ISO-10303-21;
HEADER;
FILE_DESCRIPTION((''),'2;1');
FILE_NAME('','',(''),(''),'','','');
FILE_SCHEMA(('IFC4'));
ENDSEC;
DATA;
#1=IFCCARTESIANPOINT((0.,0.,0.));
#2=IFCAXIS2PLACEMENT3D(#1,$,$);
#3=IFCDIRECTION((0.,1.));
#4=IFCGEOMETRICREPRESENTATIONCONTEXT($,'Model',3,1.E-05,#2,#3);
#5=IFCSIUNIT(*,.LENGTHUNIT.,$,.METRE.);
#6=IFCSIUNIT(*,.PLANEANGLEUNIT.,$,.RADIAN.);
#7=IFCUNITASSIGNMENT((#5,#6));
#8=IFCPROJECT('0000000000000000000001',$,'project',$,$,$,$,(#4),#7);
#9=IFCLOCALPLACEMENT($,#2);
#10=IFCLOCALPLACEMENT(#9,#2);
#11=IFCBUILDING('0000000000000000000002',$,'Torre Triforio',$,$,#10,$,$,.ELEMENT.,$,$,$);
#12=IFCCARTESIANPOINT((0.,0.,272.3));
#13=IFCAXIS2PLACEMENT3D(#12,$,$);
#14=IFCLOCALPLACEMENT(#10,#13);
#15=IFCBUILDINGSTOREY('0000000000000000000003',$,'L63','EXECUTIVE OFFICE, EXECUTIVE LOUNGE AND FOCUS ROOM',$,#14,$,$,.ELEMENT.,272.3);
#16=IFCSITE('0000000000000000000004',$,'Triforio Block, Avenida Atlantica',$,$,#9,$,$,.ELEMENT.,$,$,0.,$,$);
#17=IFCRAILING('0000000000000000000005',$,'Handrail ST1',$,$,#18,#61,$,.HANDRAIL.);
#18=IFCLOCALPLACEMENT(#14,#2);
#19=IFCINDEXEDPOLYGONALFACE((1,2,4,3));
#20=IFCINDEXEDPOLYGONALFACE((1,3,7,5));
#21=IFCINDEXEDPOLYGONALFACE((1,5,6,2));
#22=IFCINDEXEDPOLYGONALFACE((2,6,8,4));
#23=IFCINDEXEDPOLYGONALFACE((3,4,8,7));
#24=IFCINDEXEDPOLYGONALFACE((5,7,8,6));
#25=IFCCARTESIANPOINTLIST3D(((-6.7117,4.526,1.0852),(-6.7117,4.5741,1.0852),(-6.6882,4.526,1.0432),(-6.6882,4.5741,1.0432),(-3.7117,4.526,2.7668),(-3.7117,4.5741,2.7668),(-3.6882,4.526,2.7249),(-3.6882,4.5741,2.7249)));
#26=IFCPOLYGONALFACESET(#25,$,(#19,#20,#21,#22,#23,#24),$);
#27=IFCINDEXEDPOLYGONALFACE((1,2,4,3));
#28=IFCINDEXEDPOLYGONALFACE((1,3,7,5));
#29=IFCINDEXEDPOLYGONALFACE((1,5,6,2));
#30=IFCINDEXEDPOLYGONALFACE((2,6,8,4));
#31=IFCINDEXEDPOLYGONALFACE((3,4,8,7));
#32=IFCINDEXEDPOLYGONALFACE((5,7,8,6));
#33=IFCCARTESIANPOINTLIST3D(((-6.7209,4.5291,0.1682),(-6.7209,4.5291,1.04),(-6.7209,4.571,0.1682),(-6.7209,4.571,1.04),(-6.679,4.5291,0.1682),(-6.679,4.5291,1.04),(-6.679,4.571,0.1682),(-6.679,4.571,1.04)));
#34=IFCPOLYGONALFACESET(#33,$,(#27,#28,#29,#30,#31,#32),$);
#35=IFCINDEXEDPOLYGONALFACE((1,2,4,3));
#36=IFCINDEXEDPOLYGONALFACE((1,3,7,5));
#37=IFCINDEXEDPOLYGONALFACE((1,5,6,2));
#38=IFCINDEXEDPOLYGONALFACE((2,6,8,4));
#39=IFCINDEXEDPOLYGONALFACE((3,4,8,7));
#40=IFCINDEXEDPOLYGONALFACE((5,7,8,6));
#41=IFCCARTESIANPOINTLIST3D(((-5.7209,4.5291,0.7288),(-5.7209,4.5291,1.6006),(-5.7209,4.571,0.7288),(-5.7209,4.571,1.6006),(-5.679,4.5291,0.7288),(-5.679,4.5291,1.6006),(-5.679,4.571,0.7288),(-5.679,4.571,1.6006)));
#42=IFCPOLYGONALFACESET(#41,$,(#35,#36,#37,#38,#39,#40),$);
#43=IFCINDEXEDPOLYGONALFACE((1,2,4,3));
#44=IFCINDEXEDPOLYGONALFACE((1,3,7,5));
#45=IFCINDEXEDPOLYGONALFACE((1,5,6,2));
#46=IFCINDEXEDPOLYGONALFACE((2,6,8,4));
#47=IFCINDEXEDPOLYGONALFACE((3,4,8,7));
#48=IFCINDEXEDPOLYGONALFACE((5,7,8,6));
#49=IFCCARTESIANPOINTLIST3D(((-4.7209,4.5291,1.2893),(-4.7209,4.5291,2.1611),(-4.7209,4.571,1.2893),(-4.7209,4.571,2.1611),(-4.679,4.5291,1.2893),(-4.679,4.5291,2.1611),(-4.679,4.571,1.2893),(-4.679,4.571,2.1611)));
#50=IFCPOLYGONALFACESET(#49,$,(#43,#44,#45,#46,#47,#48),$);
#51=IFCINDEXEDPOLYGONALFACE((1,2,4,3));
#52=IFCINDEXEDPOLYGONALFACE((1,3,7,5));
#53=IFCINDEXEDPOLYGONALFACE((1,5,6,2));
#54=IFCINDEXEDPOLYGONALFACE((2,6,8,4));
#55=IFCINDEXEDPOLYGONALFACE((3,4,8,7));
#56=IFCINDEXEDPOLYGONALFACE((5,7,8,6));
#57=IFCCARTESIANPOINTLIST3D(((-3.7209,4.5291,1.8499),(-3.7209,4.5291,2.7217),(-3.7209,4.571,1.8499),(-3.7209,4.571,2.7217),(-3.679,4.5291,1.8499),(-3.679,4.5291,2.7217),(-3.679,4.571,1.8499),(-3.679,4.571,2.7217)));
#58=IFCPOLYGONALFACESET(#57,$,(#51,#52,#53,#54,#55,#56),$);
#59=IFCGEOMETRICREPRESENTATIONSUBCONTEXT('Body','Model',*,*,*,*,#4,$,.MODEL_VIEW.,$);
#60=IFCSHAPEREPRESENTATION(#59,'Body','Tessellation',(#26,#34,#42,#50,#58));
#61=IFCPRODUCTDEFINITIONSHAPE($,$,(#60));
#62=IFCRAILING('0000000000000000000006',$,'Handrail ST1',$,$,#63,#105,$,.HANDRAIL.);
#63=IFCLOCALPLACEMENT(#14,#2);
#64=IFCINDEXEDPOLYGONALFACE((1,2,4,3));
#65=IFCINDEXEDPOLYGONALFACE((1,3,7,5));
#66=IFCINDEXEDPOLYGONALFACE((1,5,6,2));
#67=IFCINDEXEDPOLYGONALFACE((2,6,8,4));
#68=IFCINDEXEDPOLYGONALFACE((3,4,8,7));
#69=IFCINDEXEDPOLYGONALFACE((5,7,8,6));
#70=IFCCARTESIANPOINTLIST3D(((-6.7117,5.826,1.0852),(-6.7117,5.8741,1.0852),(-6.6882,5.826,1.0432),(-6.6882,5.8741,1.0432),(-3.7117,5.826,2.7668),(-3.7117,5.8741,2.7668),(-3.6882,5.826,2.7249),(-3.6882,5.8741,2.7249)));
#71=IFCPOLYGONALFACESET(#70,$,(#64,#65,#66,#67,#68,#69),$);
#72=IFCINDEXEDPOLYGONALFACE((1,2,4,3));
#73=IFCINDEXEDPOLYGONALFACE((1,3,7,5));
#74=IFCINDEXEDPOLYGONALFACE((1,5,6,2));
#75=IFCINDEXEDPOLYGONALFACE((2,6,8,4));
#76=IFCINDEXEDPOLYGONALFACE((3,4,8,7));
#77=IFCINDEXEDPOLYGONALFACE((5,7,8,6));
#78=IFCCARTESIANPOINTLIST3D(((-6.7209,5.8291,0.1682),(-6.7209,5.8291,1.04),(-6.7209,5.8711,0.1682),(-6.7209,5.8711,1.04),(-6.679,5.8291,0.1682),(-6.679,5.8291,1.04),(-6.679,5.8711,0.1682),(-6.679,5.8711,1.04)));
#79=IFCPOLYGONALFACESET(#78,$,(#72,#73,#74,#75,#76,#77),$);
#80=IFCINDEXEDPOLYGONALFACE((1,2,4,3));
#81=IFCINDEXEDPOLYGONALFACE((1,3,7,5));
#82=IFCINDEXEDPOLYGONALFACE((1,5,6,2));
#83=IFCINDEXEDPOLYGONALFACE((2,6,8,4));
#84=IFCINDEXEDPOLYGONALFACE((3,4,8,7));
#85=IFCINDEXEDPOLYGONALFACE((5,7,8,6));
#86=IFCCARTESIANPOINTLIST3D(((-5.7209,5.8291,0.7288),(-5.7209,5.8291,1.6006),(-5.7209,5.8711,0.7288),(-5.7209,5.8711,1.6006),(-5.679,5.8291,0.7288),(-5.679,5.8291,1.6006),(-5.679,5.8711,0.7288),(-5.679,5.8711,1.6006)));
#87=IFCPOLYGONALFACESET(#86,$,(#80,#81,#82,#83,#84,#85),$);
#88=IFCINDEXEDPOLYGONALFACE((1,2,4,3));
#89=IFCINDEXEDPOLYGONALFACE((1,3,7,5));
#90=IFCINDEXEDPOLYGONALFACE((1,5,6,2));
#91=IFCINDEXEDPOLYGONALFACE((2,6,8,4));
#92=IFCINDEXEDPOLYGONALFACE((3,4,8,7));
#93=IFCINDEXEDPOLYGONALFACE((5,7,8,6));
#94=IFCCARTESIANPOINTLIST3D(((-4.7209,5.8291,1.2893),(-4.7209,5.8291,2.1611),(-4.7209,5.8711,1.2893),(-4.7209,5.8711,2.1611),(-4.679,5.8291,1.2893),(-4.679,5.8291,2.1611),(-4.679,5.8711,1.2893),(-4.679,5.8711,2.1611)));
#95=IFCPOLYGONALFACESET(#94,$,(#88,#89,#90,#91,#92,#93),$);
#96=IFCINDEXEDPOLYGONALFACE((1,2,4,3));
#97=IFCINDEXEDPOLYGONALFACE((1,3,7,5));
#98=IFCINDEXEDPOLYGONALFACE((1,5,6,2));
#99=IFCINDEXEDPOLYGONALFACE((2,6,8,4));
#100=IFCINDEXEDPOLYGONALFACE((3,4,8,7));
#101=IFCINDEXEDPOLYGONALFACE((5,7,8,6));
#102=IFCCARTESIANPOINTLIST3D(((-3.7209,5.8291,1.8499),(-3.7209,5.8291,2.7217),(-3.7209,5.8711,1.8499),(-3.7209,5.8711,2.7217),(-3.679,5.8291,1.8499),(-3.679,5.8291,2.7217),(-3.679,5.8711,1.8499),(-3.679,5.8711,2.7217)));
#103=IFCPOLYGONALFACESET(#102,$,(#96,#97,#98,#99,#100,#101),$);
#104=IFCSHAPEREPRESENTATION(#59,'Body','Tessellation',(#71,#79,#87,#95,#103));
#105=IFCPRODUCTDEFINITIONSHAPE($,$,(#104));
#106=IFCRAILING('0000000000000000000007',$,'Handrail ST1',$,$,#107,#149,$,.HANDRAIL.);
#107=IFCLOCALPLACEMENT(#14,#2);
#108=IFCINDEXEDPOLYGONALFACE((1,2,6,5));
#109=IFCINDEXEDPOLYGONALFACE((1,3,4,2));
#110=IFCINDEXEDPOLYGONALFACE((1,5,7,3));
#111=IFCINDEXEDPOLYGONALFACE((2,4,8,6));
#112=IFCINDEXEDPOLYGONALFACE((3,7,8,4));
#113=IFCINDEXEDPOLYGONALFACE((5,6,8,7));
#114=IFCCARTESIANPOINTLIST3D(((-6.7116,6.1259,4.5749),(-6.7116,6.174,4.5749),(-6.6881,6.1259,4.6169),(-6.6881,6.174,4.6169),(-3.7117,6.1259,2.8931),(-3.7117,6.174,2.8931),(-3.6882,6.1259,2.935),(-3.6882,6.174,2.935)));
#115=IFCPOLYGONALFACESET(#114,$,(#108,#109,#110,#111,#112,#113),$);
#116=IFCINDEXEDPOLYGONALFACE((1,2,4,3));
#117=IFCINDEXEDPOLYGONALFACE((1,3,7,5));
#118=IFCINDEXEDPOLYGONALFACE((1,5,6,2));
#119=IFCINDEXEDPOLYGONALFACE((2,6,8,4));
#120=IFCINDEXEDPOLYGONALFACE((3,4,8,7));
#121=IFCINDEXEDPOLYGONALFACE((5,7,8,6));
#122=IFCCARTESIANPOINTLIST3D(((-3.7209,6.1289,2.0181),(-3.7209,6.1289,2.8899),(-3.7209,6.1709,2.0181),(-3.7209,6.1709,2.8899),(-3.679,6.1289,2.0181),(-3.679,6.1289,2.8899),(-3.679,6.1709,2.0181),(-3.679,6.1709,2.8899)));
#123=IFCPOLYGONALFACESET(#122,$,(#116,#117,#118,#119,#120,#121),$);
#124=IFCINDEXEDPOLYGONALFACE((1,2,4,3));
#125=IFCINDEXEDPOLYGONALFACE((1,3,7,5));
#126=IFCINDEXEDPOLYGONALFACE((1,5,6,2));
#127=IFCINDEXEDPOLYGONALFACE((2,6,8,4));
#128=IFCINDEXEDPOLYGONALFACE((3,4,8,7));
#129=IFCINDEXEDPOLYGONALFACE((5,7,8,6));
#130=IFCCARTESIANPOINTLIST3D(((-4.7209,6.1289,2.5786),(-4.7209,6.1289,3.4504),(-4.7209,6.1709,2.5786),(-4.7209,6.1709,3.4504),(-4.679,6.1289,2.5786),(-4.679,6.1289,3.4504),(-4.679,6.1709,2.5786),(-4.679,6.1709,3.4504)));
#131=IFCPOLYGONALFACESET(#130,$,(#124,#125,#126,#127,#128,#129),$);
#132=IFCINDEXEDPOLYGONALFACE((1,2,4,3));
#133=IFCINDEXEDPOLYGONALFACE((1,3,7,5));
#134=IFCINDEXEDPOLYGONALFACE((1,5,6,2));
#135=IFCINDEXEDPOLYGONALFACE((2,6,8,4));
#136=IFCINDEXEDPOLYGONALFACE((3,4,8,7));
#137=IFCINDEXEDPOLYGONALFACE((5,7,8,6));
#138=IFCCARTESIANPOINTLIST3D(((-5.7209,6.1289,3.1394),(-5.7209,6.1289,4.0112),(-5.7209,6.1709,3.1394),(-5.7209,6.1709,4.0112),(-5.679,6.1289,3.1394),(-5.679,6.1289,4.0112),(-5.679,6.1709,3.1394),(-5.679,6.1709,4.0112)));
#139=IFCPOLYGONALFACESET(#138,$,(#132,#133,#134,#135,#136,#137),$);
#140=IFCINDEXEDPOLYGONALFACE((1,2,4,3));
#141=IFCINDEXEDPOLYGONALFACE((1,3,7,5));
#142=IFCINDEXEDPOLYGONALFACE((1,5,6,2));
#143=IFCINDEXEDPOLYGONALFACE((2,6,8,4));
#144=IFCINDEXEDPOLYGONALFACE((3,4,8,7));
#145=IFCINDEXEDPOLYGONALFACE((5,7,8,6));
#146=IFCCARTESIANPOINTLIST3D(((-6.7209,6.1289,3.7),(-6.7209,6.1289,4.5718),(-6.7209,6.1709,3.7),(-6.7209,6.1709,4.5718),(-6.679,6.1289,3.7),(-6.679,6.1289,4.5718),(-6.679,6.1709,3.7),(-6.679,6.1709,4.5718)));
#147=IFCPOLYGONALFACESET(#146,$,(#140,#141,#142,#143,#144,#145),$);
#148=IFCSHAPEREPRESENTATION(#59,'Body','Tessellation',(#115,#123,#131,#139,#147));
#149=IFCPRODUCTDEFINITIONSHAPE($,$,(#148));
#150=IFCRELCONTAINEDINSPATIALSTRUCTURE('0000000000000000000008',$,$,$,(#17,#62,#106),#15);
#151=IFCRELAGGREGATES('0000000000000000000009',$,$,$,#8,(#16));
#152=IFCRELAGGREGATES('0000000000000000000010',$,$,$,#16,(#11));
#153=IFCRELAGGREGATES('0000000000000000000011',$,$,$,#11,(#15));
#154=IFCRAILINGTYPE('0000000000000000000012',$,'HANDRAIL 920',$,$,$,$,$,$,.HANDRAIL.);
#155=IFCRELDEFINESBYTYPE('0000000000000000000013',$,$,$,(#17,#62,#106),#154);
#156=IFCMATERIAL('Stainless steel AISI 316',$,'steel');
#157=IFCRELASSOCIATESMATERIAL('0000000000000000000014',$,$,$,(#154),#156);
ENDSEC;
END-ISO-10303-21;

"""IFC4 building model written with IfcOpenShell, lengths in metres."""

from ifc_helpers import new_model, si_unit, direction, frame, origin, origin_2d, place, context, subcontext, project, spatial, rectangle, extrude, material, type_object, element, save


model = new_model("IFC4")

# Units and contexts
model_context = context("Model", 3, precision=1e-05, world=origin(), true_north=direction((0.0, 1.0)))
body_context = subcontext(model_context, "Body", "Model", "MODEL_VIEW")
ifc_project = project(units=[si_unit("LENGTHUNIT", "METRE"), si_unit("PLANEANGLEUNIT", "RADIAN")], contexts=[model_context])

# Site, building, storey
site_placement = place(None, origin())
site = spatial("IfcSite", under=ifc_project, at=site_placement, Name="Triforio Block, Avenida Atlantica", CompositionType="ELEMENT", RefElevation=0.0)
building_placement = place(site_placement, origin())
building = spatial("IfcBuilding", under=site, at=building_placement, Name="Torre Triforio", CompositionType="ELEMENT")
storey_placement = place(building_placement, frame((0.0, 0.0, 272.3)))
storey = spatial("IfcBuildingStorey", under=building, at=storey_placement, Name="L63", Description="EXECUTIVE OFFICE, EXECUTIVE LOUNGE AND FOCUS ROOM", CompositionType="ELEMENT", Elevation=272.3)

# Railings
ifc_material_1 = material(Name="Stainless steel AISI 316", Category="steel")
railing_type = type_object("IfcRailingType", Name="HANDRAIL 920", PredefinedType="HANDRAIL", material=ifc_material_1)
for number, where, name in (
    (1, (-6.7, 4.55, 0.1682), "Handrail ST1"),
    (2, (-6.7, 5.8501, 0.1682), "Handrail ST1"),
):
    element("IfcRailing", number, at=place(storey_placement, frame(where)), inside=storey, type_object=railing_type, Name=name, PredefinedType="HANDRAIL", context=body_context, shape_type="SweptSolid", body=[
        extrude(rectangle(XDim=0.0481, YDim=0.0481, at=origin_2d()), frame((0.0, 0.0, 0.896), z_axis=(0.872303, 0.0, 0.488966), x_axis=(0.0, 1.0, 0.0)), (0.0, 0.0, 1.0), 3.4392),
        extrude(rectangle(XDim=0.042, YDim=0.042, at=origin_2d()), origin(), (0.0, 0.0, 1.0), 0.8718),
        extrude(rectangle(XDim=0.042, YDim=0.042, at=origin_2d()), frame((1.0, 0.0, 0.5605)), (0.0, 0.0, 1.0), 0.8718),
        extrude(rectangle(XDim=0.042, YDim=0.042, at=origin_2d()), frame((2.0, 0.0, 1.1211)), (0.0, 0.0, 1.0), 0.8718),
        extrude(rectangle(XDim=0.042, YDim=0.042, at=origin_2d()), frame((3.0, 0.0, 1.6816)), (0.0, 0.0, 1.0), 0.8718),
    ])
railing_placement = place(storey_placement, frame((-3.7, 6.1499, 2.0181)))
element("IfcRailing", 3, at=railing_placement, inside=storey, type_object=railing_type, Name="Handrail ST1", PredefinedType="HANDRAIL", context=body_context, shape_type="SweptSolid", body=[
    extrude(rectangle(XDim=0.0481, YDim=0.0481, at=origin_2d()), frame((0.0, 0.0, 0.896), z_axis=(-0.872272, 0.0, 0.48902), x_axis=(0.0, -1.0, 0.0)), (0.0, 0.0, 1.0), 3.4392),
    extrude(rectangle(XDim=0.042, YDim=0.042, at=origin_2d()), origin(), (0.0, 0.0, 1.0), 0.8718),
    extrude(rectangle(XDim=0.042, YDim=0.042, at=origin_2d()), frame((-1.0, 0.0, 0.5605)), (0.0, 0.0, 1.0), 0.8718),
    extrude(rectangle(XDim=0.042, YDim=0.042, at=origin_2d()), frame((-2.0, 0.0, 1.1213)), (0.0, 0.0, 1.0), 0.8718),
    extrude(rectangle(XDim=0.042, YDim=0.042, at=origin_2d()), frame((-3.0, 0.0, 1.6819)), (0.0, 0.0, 1.0), 0.8718),
])

save(model, "model.ifc")
